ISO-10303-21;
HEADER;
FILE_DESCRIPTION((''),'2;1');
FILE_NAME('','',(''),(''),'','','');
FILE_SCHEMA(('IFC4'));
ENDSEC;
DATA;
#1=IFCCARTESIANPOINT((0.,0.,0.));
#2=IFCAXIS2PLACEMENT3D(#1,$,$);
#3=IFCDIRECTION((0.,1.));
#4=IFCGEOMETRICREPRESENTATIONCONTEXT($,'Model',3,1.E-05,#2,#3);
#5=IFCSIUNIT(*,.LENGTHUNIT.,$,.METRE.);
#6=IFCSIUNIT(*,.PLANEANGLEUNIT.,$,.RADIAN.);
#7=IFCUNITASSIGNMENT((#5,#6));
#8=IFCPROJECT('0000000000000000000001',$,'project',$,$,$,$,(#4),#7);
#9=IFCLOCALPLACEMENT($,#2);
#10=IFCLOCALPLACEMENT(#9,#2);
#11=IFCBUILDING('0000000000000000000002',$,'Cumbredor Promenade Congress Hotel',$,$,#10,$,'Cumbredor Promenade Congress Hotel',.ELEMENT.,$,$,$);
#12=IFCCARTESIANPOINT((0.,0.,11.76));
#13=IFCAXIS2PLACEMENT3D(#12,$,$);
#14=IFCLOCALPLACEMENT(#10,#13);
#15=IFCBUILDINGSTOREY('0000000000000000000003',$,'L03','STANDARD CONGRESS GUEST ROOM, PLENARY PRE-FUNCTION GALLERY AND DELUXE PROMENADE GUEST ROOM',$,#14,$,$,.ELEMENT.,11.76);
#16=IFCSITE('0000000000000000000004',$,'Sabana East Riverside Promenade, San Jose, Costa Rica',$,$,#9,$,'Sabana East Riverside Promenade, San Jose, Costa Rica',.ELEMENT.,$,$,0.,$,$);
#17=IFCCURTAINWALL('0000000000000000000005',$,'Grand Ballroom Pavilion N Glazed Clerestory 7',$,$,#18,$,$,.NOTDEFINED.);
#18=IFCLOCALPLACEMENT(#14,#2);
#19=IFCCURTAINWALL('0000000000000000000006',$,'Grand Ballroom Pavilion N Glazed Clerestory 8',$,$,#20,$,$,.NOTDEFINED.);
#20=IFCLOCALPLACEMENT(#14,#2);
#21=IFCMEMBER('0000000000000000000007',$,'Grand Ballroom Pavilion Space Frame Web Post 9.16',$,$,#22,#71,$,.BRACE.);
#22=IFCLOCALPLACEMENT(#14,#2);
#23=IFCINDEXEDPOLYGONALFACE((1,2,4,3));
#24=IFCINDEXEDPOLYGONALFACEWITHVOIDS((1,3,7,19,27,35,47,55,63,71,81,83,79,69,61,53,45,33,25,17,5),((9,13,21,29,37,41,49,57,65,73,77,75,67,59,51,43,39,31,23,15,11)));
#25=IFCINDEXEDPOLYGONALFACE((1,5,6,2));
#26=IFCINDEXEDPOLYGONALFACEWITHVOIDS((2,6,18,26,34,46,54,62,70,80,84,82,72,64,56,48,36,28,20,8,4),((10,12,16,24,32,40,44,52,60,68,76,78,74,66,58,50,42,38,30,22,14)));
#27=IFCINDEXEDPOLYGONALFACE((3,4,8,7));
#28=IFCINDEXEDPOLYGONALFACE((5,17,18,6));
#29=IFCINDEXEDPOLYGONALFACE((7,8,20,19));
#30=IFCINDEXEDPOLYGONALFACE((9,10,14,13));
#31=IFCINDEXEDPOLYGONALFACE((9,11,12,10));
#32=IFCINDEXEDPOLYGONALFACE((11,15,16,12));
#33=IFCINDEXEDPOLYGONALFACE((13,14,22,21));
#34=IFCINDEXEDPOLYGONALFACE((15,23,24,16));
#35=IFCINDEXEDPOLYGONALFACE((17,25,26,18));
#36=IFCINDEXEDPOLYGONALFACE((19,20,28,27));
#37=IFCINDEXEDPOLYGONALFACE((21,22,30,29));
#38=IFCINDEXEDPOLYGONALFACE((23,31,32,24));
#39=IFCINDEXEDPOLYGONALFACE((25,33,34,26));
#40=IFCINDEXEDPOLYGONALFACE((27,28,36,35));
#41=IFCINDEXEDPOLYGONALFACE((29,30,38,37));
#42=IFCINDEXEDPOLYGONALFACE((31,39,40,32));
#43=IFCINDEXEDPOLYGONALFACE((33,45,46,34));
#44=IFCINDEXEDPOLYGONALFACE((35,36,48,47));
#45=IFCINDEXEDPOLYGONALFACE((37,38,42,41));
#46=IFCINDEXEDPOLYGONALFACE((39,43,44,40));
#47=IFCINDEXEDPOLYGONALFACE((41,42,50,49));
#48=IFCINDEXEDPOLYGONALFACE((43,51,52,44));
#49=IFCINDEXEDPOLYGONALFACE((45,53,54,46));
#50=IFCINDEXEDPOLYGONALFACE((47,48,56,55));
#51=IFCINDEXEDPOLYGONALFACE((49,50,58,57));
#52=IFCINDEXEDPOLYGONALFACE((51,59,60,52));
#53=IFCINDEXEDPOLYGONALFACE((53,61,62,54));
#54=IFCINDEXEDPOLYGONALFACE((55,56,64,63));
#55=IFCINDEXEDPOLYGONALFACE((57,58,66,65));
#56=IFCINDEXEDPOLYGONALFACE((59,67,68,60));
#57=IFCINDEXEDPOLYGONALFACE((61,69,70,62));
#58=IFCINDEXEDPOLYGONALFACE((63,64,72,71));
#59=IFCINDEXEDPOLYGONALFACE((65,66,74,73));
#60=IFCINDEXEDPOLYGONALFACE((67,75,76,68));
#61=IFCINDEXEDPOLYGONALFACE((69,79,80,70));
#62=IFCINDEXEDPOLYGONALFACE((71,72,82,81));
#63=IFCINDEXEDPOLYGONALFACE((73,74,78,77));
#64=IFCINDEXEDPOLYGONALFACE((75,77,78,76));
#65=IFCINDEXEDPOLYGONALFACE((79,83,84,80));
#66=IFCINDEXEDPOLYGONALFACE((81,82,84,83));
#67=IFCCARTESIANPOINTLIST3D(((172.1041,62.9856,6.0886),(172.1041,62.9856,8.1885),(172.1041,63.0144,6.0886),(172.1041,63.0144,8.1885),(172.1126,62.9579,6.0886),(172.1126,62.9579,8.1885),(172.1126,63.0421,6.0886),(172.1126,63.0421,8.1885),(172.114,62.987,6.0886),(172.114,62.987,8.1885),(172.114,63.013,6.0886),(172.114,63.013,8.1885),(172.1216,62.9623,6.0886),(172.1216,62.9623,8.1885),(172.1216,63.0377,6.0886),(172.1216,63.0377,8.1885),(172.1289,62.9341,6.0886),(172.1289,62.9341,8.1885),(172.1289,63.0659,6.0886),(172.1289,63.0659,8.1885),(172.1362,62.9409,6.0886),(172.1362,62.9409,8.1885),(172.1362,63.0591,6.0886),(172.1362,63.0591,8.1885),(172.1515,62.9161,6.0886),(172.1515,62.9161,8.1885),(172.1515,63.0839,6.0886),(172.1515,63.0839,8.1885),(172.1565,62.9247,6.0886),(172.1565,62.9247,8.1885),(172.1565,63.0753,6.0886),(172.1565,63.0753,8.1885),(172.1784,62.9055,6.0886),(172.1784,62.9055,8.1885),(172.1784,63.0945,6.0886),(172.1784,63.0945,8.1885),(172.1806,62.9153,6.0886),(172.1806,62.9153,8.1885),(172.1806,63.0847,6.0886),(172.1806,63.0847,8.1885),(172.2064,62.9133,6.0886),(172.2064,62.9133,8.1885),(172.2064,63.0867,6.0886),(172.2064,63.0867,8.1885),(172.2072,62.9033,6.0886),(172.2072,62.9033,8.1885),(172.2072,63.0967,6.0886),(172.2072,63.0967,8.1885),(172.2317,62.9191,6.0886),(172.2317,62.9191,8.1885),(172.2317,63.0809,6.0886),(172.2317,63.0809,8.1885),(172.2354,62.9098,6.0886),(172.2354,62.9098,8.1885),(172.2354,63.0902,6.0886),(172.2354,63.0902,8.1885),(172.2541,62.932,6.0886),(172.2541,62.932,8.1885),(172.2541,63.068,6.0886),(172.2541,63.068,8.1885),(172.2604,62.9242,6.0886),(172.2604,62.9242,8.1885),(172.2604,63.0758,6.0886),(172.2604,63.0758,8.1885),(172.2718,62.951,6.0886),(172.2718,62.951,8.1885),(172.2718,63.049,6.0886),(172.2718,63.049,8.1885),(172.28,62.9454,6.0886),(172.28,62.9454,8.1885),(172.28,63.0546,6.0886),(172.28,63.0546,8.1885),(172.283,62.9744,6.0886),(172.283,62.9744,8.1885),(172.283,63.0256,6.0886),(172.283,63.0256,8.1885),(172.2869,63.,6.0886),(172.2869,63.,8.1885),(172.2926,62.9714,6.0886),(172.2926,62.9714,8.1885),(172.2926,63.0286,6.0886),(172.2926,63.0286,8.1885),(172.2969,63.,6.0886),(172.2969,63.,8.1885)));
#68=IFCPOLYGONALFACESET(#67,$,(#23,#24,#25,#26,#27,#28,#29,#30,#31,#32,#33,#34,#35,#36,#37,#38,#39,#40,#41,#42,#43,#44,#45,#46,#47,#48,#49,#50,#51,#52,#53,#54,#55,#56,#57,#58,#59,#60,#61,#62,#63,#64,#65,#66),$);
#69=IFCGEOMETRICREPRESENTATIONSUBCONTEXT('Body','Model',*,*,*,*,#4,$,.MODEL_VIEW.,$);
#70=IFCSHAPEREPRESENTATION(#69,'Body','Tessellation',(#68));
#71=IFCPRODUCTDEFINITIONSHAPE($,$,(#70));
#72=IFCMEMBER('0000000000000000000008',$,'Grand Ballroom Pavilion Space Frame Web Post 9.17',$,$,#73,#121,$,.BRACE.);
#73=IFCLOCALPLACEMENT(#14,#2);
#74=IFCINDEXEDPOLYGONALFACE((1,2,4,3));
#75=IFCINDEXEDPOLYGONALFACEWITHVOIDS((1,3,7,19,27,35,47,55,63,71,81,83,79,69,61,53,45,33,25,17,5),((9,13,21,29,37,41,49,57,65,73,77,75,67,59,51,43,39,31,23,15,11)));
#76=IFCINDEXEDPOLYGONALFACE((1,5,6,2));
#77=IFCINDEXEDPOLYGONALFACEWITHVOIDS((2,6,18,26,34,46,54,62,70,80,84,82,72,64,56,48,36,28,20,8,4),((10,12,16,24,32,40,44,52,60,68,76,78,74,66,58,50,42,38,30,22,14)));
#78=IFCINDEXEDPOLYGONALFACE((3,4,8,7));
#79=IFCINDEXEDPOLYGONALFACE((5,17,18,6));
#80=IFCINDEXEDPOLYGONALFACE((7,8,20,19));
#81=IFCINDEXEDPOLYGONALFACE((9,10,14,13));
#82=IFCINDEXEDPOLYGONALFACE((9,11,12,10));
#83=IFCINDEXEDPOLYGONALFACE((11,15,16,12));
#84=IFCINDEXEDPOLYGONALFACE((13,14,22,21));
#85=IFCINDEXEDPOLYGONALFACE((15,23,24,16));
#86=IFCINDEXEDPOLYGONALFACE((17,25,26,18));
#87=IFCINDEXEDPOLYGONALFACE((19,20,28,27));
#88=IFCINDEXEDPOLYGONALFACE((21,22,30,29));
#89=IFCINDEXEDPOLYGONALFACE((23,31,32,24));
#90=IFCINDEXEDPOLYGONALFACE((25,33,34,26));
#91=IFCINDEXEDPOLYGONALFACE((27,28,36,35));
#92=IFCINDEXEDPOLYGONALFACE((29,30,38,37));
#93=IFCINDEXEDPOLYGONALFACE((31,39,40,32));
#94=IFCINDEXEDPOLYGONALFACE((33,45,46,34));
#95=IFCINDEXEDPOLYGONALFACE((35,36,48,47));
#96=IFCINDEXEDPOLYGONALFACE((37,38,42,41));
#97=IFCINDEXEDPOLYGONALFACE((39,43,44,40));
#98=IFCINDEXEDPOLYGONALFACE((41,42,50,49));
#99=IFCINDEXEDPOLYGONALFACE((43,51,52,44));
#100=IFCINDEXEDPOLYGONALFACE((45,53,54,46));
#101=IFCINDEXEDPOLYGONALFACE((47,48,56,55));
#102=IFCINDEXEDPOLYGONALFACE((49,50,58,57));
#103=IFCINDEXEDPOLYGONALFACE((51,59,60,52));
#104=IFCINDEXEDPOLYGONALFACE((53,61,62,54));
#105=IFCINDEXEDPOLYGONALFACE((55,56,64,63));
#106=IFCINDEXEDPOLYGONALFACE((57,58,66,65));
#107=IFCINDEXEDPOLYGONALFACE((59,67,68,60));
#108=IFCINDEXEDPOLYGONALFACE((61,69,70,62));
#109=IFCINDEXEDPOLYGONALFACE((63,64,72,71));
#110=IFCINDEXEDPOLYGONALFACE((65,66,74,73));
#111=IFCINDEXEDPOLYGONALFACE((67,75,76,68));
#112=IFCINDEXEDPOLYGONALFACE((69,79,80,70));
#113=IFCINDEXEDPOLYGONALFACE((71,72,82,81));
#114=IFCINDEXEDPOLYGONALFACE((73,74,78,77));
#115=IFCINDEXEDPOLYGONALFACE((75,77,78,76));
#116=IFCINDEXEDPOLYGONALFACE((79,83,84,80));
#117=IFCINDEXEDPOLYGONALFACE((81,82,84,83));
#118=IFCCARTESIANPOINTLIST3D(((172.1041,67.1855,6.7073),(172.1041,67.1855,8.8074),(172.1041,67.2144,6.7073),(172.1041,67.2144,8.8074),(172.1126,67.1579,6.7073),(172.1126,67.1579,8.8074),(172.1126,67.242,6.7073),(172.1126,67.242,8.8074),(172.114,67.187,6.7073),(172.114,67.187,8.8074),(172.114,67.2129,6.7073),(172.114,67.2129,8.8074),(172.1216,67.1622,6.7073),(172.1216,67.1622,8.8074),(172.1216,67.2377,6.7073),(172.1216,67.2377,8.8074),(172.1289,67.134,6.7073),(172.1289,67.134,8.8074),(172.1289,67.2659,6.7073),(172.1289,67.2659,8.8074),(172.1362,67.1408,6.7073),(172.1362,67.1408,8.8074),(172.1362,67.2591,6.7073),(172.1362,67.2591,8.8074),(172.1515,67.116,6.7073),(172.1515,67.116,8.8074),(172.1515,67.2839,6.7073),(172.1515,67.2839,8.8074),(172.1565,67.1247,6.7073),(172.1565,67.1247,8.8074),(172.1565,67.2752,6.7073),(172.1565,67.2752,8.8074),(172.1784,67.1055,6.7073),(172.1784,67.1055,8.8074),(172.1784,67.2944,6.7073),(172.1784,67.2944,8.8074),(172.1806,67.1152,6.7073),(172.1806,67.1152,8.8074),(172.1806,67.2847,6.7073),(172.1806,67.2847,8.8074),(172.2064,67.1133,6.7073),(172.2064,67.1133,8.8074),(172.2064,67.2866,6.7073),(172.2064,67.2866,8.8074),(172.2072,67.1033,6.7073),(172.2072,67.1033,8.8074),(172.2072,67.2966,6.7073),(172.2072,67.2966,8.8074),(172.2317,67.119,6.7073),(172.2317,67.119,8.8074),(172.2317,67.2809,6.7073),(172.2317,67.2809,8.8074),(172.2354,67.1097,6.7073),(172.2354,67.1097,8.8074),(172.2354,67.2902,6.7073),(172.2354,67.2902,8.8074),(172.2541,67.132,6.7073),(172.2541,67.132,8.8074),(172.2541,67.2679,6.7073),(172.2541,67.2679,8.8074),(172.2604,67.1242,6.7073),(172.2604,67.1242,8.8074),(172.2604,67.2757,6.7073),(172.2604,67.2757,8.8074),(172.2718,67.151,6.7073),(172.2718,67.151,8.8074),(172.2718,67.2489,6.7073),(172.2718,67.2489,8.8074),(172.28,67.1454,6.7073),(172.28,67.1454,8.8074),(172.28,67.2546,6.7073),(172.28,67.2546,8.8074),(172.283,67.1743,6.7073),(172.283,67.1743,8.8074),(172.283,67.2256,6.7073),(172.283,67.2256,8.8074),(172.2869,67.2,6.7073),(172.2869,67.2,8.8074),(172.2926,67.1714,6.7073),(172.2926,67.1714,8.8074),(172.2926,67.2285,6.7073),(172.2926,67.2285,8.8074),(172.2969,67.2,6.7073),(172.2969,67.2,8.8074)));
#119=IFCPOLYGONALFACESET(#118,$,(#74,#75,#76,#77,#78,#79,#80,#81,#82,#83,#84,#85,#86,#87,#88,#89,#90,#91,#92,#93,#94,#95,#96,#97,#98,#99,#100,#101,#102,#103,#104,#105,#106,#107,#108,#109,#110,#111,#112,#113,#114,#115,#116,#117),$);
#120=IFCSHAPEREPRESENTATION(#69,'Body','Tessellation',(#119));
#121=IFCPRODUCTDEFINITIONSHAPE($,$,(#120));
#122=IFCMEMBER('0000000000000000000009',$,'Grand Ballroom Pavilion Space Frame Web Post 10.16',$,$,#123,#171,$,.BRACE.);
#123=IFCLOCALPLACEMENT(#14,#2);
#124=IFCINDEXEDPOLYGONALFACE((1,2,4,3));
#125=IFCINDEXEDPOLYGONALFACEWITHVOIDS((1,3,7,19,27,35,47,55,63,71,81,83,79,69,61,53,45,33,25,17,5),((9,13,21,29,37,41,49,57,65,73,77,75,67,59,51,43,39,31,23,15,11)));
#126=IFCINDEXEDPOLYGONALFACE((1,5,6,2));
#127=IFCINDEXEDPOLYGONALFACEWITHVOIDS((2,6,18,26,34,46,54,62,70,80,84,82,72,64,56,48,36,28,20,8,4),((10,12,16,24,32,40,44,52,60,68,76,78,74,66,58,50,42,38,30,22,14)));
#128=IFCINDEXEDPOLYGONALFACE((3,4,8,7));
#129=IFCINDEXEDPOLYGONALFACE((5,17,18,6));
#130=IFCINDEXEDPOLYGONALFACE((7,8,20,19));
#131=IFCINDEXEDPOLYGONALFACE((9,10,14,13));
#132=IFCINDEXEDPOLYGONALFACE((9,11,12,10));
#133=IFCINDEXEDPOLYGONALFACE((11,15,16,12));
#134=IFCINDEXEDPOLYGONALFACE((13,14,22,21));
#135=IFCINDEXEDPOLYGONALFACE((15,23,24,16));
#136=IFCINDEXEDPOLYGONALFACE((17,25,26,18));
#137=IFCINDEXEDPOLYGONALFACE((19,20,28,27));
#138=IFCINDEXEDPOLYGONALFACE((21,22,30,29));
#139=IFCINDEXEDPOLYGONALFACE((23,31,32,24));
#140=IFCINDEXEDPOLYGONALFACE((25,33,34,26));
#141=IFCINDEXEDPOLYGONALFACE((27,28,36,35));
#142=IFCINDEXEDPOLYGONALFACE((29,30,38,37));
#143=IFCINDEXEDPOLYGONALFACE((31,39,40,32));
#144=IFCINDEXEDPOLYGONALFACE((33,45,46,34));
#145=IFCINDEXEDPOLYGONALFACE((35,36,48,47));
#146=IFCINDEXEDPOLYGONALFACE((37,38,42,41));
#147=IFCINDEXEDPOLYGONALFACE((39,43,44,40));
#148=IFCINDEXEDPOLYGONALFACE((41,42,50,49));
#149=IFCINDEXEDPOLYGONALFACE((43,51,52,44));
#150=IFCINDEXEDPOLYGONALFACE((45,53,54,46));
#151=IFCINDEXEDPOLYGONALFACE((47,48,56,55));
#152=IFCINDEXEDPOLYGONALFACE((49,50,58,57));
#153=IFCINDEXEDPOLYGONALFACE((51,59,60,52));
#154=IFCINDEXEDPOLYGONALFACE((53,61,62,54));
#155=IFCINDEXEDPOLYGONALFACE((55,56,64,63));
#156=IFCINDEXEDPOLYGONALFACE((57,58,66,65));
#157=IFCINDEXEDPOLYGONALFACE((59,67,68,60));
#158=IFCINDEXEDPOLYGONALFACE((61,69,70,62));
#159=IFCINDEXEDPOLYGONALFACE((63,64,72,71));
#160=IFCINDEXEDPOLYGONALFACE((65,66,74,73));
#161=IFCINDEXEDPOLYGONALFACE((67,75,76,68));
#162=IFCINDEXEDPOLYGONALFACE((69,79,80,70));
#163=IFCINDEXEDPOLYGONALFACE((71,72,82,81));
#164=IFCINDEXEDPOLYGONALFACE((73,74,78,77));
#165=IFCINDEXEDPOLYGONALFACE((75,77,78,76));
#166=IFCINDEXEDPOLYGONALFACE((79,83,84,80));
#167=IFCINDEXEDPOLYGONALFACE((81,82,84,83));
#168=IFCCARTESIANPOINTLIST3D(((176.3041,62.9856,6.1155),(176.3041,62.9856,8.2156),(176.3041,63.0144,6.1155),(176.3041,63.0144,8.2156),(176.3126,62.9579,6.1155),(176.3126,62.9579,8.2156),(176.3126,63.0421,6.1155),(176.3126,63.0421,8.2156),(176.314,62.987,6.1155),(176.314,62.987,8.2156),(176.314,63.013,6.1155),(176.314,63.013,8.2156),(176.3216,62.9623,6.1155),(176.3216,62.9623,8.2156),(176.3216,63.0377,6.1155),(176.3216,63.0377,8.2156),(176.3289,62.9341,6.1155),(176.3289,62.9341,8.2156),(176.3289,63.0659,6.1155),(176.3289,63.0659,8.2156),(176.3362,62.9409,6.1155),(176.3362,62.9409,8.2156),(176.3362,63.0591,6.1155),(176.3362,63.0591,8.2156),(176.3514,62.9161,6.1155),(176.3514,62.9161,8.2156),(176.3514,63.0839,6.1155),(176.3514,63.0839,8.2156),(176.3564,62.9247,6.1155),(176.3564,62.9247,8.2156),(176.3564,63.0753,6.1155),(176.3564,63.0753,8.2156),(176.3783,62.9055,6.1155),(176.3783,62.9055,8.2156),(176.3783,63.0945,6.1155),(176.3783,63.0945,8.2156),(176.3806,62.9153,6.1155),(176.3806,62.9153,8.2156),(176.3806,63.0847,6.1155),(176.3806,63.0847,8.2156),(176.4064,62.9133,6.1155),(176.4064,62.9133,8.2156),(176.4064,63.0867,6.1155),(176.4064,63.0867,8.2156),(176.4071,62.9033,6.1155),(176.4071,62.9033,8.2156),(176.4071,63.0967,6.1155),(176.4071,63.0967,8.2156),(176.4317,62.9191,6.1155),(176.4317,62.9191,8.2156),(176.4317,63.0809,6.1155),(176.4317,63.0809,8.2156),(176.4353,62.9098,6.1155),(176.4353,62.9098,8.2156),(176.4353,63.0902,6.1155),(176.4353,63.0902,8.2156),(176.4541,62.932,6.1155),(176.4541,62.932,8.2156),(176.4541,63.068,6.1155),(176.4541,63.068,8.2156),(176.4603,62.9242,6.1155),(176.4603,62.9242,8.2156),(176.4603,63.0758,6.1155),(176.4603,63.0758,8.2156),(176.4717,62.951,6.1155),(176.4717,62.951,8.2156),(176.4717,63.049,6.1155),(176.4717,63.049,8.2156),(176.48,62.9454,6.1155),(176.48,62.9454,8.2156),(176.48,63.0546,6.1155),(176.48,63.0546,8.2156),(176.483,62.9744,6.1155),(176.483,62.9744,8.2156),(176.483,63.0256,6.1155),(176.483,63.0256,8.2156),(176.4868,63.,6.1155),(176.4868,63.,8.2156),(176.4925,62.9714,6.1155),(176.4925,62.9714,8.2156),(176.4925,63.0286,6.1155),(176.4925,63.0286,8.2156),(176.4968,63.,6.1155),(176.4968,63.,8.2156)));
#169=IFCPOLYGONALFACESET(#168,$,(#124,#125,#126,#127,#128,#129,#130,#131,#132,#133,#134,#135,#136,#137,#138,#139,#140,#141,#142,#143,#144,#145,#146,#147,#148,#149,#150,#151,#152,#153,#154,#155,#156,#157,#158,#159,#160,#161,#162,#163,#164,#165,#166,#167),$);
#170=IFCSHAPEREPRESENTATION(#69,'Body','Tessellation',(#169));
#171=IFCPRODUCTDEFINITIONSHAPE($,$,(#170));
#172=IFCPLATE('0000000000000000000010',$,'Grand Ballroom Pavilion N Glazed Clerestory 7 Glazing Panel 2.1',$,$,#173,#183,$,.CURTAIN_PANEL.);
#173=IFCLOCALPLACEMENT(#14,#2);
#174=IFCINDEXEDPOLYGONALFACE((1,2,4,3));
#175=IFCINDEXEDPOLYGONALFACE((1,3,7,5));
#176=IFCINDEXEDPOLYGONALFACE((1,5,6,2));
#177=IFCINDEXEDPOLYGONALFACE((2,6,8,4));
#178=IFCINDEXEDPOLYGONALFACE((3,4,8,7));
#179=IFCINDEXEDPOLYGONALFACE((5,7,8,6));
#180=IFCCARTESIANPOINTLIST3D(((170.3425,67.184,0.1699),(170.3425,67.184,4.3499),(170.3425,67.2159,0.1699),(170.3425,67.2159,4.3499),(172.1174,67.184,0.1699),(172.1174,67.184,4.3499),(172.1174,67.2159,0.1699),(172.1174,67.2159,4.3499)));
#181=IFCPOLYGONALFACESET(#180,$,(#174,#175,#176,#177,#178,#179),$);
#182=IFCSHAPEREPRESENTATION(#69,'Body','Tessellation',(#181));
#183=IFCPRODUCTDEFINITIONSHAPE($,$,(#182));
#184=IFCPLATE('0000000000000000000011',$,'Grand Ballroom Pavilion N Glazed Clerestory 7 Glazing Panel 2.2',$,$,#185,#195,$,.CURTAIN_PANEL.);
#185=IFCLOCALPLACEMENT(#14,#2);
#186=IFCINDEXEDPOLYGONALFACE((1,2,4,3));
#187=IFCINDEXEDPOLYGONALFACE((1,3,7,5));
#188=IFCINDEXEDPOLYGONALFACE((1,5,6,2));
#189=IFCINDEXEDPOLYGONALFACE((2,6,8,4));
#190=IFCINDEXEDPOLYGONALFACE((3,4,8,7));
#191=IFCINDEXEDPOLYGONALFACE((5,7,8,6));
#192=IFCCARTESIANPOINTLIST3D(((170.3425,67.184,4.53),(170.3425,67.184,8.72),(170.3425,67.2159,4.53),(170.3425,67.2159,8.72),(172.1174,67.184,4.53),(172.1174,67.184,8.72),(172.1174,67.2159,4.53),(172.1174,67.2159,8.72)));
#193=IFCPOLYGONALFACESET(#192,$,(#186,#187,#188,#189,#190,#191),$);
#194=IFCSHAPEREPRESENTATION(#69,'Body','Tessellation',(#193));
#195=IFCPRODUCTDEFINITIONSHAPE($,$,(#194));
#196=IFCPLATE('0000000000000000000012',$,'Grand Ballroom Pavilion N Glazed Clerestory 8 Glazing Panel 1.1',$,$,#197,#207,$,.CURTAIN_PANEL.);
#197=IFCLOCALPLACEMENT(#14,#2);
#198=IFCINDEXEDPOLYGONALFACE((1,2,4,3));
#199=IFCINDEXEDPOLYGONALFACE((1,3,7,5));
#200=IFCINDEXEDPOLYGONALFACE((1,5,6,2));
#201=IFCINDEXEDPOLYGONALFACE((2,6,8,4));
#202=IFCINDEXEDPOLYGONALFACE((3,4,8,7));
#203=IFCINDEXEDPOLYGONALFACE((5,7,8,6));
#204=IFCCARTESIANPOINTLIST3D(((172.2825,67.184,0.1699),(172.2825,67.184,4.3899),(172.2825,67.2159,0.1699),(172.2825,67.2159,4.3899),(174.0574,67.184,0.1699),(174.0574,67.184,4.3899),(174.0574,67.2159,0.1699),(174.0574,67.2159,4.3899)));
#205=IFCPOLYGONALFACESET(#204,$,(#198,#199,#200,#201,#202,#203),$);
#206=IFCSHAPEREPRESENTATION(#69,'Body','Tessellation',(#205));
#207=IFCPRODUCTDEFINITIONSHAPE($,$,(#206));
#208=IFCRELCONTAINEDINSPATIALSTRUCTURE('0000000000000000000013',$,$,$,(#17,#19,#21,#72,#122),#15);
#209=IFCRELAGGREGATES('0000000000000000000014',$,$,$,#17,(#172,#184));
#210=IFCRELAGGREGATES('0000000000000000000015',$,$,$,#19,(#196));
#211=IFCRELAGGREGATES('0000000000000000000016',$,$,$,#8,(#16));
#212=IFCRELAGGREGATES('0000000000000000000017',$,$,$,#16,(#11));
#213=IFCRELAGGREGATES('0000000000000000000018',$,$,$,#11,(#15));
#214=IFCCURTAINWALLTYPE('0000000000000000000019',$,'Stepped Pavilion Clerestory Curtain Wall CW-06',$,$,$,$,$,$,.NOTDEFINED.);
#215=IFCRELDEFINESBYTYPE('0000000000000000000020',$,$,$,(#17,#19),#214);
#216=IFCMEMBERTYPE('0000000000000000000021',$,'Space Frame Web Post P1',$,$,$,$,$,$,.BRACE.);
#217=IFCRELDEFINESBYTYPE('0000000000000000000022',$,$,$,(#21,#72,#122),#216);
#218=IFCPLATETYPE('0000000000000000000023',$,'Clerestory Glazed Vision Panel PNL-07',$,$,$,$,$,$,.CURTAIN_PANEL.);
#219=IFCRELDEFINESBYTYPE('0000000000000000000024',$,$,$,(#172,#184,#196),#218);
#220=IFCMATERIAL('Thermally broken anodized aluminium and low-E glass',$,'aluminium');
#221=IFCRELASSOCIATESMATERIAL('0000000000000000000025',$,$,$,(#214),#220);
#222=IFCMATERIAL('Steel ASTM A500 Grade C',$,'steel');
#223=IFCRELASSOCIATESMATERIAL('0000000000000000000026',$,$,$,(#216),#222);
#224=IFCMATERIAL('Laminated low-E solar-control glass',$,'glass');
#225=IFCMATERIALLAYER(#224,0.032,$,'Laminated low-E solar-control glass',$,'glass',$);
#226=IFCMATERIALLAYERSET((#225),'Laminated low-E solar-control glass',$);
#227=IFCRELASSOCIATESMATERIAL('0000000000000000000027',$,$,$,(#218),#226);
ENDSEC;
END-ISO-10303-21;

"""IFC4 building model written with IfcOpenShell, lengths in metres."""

from ifc_helpers import new_model, si_unit, direction, frame, origin, origin_2d, place, context, subcontext, project, spatial, rectangle, hollow_circle, extrude, material, layer, layer_set, material_profile, profile_set, type_object, element, aggregate, save


model = new_model("IFC4")

# Units and contexts
model_context = context("Model", 3, precision=1e-05, world=origin(), true_north=direction((0.0, 1.0)))
body_context = subcontext(model_context, "Body", "Model", "MODEL_VIEW")
ifc_project = project(units=[si_unit("LENGTHUNIT", "METRE"), si_unit("PLANEANGLEUNIT", "RADIAN")], contexts=[model_context])

# Site, building, storey
site_placement = place(None, origin())
site = spatial("IfcSite", under=ifc_project, at=site_placement, Name="Sabana East Riverside Promenade, San Jose, Costa Rica", LongName="Sabana East Riverside Promenade, San Jose, Costa Rica", CompositionType="ELEMENT", RefElevation=0.0)
building_placement = place(site_placement, origin())
building = spatial("IfcBuilding", under=site, at=building_placement, Name="Cumbredor Promenade Congress Hotel", LongName="Cumbredor Promenade Congress Hotel", CompositionType="ELEMENT")
storey_placement = place(building_placement, frame((0.0, 0.0, 11.76)))
storey = spatial("IfcBuildingStorey", under=building, at=storey_placement, Name="L03", Description="STANDARD CONGRESS GUEST ROOM, PLENARY PRE-FUNCTION GALLERY AND DELUXE PROMENADE GUEST ROOM", CompositionType="ELEMENT", Elevation=11.76)

# Shared definitions
ifc_material_1 = material(Name="Steel ASTM A500 Grade C", Category="steel")

# Curtain wall
ifc_material_2 = material(Name="Thermally broken anodized aluminium and low-E glass", Category="aluminium")
curtain_wall_type = type_object("IfcCurtainWallType", Name="Stepped Pavilion Clerestory Curtain Wall CW-06", PredefinedType="NOTDEFINED", material=ifc_material_2)
curtain_wall_1_placement = place(storey_placement, origin())
curtain_wall_1 = element("IfcCurtainWall", 1, at=curtain_wall_1_placement, inside=storey, type_object=curtain_wall_type, Name="Grand Ballroom Pavilion N Glazed Clerestory 7", PredefinedType="NOTDEFINED")

# Curtain wall
curtain_wall_2_placement = place(storey_placement, origin())
curtain_wall_2 = element("IfcCurtainWall", 2, at=curtain_wall_2_placement, inside=storey, type_object=curtain_wall_type, Name="Grand Ballroom Pavilion N Glazed Clerestory 8", PredefinedType="NOTDEFINED")

# Members
ifc_material_profile_1 = material_profile(ifc_material_1, hollow_circle(Radius=0.0969, WallThickness=0.01, at=origin_2d()), Name="CHS 193.7x10")
ifc_profile_set_1 = profile_set([ifc_material_profile_1], Name="Steel ASTM A500 Grade C")
member_type_1 = type_object("IfcMemberType", Name="Space Frame Web Post P1", PredefinedType="BRACE", material=ifc_profile_set_1)
member_1_placement = place(storey_placement, frame((172.2, 63.0, 6.0886), z_axis=(0.0, 0.0, 1.0), x_axis=(1.0, 0.0, 0.0)))
element("IfcMember", 3, at=member_1_placement, inside=storey, type_object=member_type_1, Name="Grand Ballroom Pavilion Space Frame Web Post 9.16", PredefinedType="BRACE", context=body_context, shape_type="SweptSolid", body=[
    extrude(hollow_circle(Radius=0.0969, WallThickness=0.01, at=origin_2d()), origin(), (0.0, 0.0, 1.0), 2.0999),
])
for number, where, z_axis, x_axis, name in (
    (4, (172.2, 67.2, 6.7073), (0.0, 0.0, 1.0), (1.0, 0.0, 0.0), "Grand Ballroom Pavilion Space Frame Web Post 9.17"),
    (5, (176.3999, 63.0, 6.1155), (0.0, 0.0, 1.0), (1.0, 0.0, 0.0), "Grand Ballroom Pavilion Space Frame Web Post 10.16"),
):
    element("IfcMember", number, at=place(storey_placement, frame(where, z_axis=z_axis, x_axis=x_axis)), inside=storey, type_object=member_type_1, Name=name, PredefinedType="BRACE", context=body_context, shape_type="SweptSolid", body=[
        extrude(hollow_circle(Radius=0.0969, WallThickness=0.01, at=origin_2d()), origin(), (0.0, 0.0, 1.0), 2.1001),
    ])

# Plates
ifc_material_3 = material(Name="Laminated low-E solar-control glass", Category="glass")
ifc_layer_1 = layer(ifc_material_3, 0.032, Name="Laminated low-E solar-control glass", Category="glass")
ifc_layer_set_1 = layer_set([ifc_layer_1], Name="Laminated low-E solar-control glass")
plate_type_1 = type_object("IfcPlateType", Name="Clerestory Glazed Vision Panel PNL-07", PredefinedType="CURTAIN_PANEL", material=ifc_layer_set_1)
plate_1_placement = place(storey_placement, frame((171.23, 67.2, 0.1699), z_axis=(0.0, 0.0, 1.0), x_axis=(1.0, 0.0, 0.0)))
plate_1 = element("IfcPlate", 6, at=plate_1_placement, type_object=plate_type_1, Name="Grand Ballroom Pavilion N Glazed Clerestory 7 Glazing Panel 2.1", PredefinedType="CURTAIN_PANEL", context=body_context, shape_type="SweptSolid", body=[
    extrude(rectangle(XDim=1.7749, YDim=0.032, at=origin_2d()), origin(), (0.0, 0.0, 1.0), 4.1799),
])
plate_2_placement = place(storey_placement, frame((171.23, 67.2, 4.53), z_axis=(0.0, 0.0, 1.0), x_axis=(1.0, 0.0, 0.0)))
plate_2 = element("IfcPlate", 7, at=plate_2_placement, type_object=plate_type_1, Name="Grand Ballroom Pavilion N Glazed Clerestory 7 Glazing Panel 2.2", PredefinedType="CURTAIN_PANEL", context=body_context, shape_type="SweptSolid", body=[
    extrude(rectangle(XDim=1.7749, YDim=0.032, at=origin_2d()), origin(), (0.0, 0.0, 1.0), 4.1899),
])
aggregate(curtain_wall_1, [plate_1, plate_2])
plate_3_placement = place(storey_placement, frame((173.1699, 67.2, 0.1699), z_axis=(0.0, 0.0, 1.0), x_axis=(1.0, 0.0, 0.0)))
plate_3 = element("IfcPlate", 8, at=plate_3_placement, type_object=plate_type_1, Name="Grand Ballroom Pavilion N Glazed Clerestory 8 Glazing Panel 1.1", PredefinedType="CURTAIN_PANEL", context=body_context, shape_type="SweptSolid", body=[
    extrude(rectangle(XDim=1.7749, YDim=0.032, at=origin_2d()), origin(), (0.0, 0.0, 1.0), 4.22),
])
aggregate(curtain_wall_2, [plate_3])

save(model, "model.ifc")
